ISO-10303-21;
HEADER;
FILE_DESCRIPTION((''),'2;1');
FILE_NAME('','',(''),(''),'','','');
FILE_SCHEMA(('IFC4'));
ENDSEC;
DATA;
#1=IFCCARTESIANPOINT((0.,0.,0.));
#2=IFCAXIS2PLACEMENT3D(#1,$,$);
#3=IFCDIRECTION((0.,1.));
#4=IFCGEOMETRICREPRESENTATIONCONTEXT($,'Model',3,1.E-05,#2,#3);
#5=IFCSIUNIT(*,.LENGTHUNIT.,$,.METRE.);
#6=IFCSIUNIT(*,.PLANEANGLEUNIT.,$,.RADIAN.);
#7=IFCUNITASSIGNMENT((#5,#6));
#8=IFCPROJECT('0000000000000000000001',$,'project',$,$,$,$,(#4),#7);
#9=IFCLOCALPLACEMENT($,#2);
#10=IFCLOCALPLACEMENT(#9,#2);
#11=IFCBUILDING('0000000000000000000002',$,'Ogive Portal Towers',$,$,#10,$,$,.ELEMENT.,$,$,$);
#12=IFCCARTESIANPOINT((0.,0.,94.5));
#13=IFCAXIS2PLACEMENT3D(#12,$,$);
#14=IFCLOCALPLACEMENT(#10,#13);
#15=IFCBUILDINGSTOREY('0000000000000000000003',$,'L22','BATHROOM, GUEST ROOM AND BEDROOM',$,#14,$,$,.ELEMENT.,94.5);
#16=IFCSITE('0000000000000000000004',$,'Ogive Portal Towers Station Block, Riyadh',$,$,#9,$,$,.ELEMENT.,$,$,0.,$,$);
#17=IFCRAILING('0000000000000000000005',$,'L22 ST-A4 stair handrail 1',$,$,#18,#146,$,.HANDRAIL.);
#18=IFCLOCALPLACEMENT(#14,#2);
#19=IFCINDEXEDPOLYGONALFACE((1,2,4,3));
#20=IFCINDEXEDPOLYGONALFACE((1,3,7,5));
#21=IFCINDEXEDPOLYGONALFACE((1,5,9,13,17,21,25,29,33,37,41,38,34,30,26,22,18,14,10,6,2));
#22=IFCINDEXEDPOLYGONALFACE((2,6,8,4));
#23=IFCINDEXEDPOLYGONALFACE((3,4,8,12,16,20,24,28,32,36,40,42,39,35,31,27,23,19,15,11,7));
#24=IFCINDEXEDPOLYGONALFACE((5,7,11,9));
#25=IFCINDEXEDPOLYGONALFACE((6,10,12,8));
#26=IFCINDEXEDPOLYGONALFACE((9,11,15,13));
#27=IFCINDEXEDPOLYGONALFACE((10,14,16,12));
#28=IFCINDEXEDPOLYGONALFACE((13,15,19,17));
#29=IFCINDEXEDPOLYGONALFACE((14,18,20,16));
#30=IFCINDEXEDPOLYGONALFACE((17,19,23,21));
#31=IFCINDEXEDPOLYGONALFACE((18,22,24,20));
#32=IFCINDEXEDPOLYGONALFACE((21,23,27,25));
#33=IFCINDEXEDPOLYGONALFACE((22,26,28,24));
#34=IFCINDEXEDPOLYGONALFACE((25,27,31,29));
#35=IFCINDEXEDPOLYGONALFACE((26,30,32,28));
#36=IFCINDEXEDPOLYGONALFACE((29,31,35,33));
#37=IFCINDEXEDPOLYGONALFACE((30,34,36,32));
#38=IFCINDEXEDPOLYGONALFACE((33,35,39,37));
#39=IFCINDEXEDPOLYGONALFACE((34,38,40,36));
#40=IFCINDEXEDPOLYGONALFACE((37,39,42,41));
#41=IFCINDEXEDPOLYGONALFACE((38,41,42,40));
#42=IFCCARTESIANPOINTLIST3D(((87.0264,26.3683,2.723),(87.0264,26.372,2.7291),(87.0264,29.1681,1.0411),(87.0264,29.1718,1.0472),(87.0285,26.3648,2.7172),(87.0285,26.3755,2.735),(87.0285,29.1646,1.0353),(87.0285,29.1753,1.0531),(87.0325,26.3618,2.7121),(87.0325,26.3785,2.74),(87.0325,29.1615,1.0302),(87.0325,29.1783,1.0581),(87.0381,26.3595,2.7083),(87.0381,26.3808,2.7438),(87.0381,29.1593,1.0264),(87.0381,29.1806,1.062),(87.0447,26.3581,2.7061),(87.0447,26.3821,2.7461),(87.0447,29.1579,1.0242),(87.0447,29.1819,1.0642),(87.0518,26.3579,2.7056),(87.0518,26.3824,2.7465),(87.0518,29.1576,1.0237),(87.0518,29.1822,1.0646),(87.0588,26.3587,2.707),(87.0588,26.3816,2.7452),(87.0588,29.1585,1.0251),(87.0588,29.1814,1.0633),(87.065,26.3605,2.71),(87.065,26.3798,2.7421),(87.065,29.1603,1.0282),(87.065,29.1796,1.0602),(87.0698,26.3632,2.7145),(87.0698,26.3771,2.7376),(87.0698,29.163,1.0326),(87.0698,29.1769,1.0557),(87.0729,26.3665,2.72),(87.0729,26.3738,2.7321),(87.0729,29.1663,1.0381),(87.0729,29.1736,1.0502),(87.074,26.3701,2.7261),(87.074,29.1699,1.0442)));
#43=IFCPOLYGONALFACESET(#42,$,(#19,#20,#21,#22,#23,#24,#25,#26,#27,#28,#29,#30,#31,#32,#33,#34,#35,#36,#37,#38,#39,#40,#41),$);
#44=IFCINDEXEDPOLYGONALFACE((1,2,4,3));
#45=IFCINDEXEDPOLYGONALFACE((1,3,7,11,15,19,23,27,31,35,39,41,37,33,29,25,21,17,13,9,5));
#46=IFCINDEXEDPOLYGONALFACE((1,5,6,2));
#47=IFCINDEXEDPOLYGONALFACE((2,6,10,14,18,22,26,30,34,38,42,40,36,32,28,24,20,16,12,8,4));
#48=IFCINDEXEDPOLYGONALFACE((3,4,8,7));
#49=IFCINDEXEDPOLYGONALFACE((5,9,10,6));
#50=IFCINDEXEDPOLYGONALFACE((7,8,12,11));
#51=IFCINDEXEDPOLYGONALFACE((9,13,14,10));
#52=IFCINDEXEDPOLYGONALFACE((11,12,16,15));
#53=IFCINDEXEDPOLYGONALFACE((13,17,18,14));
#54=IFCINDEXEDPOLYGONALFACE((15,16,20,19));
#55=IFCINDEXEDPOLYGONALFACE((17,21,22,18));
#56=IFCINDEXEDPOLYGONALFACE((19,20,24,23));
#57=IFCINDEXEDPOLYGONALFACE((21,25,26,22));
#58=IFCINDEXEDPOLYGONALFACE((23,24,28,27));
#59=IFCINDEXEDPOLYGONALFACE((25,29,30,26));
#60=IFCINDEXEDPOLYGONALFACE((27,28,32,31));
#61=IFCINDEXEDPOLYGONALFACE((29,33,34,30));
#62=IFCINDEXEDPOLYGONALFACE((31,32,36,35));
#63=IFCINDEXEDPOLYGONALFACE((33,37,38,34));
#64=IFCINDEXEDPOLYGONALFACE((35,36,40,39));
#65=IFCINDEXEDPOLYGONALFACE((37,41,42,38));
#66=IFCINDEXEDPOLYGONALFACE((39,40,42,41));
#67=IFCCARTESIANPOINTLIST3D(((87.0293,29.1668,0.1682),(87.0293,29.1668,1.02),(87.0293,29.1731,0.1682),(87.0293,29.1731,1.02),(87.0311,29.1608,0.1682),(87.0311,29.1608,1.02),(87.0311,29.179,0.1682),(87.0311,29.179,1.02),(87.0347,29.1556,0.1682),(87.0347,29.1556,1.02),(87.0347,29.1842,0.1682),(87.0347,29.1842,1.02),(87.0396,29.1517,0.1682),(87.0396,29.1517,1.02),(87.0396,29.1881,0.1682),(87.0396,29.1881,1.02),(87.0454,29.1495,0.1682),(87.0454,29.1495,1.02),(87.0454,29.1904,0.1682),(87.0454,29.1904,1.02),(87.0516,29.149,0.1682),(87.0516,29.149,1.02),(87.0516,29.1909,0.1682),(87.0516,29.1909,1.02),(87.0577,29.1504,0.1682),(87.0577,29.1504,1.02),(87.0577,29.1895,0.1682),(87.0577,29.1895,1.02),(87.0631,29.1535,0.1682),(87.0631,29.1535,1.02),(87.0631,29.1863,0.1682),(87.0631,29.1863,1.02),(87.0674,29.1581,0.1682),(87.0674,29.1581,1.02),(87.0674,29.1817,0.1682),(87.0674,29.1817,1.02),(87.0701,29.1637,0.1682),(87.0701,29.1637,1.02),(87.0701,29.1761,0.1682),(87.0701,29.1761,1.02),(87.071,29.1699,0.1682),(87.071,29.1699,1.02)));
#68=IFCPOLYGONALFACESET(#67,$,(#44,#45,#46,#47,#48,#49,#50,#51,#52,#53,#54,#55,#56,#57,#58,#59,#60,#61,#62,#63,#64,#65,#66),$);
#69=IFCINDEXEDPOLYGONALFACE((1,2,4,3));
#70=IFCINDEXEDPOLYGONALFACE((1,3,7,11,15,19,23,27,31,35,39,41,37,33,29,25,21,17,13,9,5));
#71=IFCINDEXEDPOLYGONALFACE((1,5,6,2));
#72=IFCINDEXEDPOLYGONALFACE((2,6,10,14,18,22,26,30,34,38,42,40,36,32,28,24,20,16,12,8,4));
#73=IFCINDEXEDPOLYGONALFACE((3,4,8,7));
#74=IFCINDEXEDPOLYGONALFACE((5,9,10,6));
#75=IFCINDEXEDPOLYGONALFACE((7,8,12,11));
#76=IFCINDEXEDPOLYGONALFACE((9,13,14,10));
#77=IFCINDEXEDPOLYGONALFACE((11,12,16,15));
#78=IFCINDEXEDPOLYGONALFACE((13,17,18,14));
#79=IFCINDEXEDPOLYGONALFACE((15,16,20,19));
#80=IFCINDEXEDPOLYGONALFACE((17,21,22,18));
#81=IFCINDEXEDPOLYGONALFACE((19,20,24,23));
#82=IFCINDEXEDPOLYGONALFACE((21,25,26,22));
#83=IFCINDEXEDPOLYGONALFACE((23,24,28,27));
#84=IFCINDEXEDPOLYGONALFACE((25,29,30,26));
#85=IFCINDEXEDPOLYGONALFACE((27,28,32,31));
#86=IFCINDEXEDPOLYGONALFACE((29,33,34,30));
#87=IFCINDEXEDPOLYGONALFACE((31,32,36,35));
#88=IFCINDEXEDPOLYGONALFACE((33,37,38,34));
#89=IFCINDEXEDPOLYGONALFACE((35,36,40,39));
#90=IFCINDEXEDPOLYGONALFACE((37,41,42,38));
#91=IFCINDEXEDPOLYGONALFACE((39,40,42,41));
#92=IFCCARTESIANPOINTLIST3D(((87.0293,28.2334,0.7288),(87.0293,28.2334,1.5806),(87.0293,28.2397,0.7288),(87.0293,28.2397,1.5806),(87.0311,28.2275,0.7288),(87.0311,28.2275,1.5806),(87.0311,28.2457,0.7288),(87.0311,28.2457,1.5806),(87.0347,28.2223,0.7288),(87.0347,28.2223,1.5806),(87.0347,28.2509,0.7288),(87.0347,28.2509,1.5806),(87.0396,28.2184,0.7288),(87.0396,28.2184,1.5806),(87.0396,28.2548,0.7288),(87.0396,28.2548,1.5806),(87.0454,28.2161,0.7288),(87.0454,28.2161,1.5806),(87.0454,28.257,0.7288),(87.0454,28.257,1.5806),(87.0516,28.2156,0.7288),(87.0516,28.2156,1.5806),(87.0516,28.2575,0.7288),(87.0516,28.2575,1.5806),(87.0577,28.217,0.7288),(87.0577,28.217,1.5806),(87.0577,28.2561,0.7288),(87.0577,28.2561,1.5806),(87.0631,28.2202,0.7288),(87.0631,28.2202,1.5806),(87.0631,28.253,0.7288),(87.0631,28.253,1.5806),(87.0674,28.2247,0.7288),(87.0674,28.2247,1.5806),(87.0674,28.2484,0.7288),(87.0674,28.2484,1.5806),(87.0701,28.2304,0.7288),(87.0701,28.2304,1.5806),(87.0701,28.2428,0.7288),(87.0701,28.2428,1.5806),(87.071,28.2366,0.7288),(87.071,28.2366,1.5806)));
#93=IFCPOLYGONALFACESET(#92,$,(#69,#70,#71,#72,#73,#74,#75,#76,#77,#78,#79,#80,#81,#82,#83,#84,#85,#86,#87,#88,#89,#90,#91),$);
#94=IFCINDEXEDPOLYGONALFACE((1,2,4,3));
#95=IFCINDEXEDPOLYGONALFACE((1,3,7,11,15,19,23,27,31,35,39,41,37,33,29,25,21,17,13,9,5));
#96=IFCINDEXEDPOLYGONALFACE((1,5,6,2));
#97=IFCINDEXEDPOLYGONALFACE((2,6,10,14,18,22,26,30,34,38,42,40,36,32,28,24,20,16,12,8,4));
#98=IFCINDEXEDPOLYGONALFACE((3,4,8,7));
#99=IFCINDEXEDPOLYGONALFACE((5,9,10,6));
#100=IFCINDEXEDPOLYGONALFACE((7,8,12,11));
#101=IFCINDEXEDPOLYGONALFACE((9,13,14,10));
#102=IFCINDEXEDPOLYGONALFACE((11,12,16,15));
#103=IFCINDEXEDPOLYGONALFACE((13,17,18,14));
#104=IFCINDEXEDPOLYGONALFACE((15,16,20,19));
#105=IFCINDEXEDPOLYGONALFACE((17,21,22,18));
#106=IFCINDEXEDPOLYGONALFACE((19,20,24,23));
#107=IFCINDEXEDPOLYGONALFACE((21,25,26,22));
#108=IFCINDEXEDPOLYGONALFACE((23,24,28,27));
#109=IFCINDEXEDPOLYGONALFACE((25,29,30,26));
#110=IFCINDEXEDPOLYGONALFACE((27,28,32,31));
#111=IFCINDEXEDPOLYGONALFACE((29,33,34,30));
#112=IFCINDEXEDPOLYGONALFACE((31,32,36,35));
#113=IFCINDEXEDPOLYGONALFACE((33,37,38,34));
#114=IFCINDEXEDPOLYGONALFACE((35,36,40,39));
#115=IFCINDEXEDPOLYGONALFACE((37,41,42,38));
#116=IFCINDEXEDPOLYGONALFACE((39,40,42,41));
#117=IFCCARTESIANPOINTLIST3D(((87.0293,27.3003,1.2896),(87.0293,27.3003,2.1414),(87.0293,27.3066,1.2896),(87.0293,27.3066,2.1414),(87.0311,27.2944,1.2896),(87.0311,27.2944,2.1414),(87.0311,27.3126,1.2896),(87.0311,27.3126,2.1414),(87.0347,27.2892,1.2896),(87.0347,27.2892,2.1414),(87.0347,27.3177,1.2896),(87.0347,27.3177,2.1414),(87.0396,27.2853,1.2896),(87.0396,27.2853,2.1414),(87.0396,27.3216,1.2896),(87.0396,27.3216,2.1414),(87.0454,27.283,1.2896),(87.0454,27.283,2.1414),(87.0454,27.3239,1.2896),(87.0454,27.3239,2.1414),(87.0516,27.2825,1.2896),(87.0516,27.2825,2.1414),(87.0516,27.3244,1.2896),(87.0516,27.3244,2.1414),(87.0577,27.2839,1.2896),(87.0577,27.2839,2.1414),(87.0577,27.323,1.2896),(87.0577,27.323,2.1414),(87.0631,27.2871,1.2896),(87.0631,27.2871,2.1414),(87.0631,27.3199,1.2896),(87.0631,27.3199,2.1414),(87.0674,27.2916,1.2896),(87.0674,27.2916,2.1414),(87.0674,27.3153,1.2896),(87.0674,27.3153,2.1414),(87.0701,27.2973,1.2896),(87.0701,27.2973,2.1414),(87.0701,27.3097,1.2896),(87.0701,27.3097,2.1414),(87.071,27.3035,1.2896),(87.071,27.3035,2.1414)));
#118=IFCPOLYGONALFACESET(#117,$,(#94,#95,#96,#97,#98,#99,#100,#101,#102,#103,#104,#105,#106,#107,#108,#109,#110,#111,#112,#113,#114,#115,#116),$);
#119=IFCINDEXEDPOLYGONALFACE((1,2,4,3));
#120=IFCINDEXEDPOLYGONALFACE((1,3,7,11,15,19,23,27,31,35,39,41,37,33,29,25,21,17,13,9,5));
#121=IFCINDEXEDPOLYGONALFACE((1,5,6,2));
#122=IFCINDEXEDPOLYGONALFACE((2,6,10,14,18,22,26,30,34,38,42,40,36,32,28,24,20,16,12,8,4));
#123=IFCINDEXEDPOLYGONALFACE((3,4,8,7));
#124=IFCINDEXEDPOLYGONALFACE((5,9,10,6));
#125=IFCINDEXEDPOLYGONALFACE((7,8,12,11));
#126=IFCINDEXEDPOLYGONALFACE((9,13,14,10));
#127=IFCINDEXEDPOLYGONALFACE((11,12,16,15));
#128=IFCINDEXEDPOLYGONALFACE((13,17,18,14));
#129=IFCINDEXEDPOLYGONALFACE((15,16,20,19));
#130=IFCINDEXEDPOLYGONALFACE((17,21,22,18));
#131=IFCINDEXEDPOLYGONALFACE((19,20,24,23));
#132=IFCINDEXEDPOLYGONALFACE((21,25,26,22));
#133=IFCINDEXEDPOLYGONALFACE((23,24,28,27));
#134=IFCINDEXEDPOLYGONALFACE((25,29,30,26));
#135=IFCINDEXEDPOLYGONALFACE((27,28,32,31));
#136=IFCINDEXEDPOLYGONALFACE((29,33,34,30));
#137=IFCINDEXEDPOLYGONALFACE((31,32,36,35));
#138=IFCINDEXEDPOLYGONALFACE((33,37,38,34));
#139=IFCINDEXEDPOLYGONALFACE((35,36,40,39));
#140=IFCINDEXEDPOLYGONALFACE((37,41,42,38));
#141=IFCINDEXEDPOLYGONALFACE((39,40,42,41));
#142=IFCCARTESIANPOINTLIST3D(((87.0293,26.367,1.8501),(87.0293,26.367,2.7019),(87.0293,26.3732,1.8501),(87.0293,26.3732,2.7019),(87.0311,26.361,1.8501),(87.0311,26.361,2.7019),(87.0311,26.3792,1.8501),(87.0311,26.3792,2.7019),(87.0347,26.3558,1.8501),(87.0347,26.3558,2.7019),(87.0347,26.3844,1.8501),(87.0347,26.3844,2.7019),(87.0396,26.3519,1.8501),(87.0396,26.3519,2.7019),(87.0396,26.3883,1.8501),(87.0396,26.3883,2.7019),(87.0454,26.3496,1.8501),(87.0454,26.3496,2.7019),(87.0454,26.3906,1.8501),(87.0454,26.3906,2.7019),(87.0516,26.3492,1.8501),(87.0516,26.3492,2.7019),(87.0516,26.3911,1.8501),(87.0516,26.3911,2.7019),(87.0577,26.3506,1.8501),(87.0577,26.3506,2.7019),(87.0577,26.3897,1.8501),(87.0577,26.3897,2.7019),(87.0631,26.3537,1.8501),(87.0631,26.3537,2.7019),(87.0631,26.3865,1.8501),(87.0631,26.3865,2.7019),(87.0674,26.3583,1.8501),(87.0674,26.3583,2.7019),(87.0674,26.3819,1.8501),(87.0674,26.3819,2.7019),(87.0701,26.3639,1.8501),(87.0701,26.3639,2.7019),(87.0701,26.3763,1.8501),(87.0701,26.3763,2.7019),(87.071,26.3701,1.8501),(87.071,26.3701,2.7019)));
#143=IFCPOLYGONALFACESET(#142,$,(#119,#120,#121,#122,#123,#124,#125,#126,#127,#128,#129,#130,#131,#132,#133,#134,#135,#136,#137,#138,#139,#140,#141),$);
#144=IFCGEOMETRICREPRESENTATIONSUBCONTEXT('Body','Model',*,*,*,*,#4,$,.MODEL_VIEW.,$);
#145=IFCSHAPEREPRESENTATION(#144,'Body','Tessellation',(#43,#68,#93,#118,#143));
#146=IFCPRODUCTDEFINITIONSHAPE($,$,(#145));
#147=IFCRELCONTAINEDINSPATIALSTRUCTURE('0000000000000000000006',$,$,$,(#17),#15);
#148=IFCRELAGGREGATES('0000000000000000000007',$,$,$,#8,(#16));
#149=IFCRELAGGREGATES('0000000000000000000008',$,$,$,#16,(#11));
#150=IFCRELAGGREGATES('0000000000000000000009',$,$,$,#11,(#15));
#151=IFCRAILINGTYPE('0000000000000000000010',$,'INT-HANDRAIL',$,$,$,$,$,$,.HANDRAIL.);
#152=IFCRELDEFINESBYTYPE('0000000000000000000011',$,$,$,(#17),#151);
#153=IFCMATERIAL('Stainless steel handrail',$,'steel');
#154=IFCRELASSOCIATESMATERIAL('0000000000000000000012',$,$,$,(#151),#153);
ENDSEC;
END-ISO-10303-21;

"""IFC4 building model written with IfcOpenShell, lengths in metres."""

from ifc_helpers import new_model, si_unit, direction, frame, origin, origin_2d, place, context, subcontext, project, spatial, circle, extrude, material, type_object, element, save


model = new_model("IFC4")

# Units and contexts
model_context = context("Model", 3, precision=1e-05, world=origin(), true_north=direction((0.0, 1.0)))
body_context = subcontext(model_context, "Body", "Model", "MODEL_VIEW")
ifc_project = project(units=[si_unit("LENGTHUNIT", "METRE"), si_unit("PLANEANGLEUNIT", "RADIAN")], contexts=[model_context])

# Site, building, storey
site_placement = place(None, origin())
site = spatial("IfcSite", under=ifc_project, at=site_placement, Name="Ogive Portal Towers Station Block, Riyadh", CompositionType="ELEMENT", RefElevation=0.0)
building_placement = place(site_placement, origin())
building = spatial("IfcBuilding", under=site, at=building_placement, Name="Ogive Portal Towers", CompositionType="ELEMENT")
storey_placement = place(building_placement, frame((0.0, 0.0, 94.5)))
storey = spatial("IfcBuildingStorey", under=building, at=storey_placement, Name="L22", Description="BATHROOM, GUEST ROOM AND BEDROOM", CompositionType="ELEMENT", Elevation=94.5)

# Railing
ifc_material_1 = material(Name="Stainless steel handrail", Category="steel")
railing_type_1 = type_object("IfcRailingType", Name="INT-HANDRAIL", PredefinedType="HANDRAIL", material=ifc_material_1)
railing_1_placement = place(storey_placement, frame((87.05, 29.1699, 0.1682)))
element("IfcRailing", 1, at=railing_1_placement, inside=storey, type_object=railing_type_1, Name="L22 ST-A4 stair handrail 1", PredefinedType="HANDRAIL", context=body_context, shape_type="SweptSolid", body=[
    extrude(circle(Radius=0.0239, at=origin_2d()), frame((0.0, 0.0, 0.876), z_axis=(0.0, -0.857222, 0.514946), x_axis=(1.0, 0.0, 0.0)), (0.0, 0.0, 1.0), 3.2661),
    extrude(circle(Radius=0.021, at=origin_2d()), origin(), (0.0, 0.0, 1.0), 0.8518),
    extrude(circle(Radius=0.021, at=origin_2d()), frame((0.0, -0.9333, 0.5605)), (0.0, 0.0, 1.0), 0.8518),
    extrude(circle(Radius=0.021, at=origin_2d()), frame((0.0, -1.8665, 1.1213)), (0.0, 0.0, 1.0), 0.8518),
    extrude(circle(Radius=0.021, at=origin_2d()), frame((0.0, -2.7998, 1.6819)), (0.0, 0.0, 1.0), 0.8518),
])

save(model, "model.ifc")
